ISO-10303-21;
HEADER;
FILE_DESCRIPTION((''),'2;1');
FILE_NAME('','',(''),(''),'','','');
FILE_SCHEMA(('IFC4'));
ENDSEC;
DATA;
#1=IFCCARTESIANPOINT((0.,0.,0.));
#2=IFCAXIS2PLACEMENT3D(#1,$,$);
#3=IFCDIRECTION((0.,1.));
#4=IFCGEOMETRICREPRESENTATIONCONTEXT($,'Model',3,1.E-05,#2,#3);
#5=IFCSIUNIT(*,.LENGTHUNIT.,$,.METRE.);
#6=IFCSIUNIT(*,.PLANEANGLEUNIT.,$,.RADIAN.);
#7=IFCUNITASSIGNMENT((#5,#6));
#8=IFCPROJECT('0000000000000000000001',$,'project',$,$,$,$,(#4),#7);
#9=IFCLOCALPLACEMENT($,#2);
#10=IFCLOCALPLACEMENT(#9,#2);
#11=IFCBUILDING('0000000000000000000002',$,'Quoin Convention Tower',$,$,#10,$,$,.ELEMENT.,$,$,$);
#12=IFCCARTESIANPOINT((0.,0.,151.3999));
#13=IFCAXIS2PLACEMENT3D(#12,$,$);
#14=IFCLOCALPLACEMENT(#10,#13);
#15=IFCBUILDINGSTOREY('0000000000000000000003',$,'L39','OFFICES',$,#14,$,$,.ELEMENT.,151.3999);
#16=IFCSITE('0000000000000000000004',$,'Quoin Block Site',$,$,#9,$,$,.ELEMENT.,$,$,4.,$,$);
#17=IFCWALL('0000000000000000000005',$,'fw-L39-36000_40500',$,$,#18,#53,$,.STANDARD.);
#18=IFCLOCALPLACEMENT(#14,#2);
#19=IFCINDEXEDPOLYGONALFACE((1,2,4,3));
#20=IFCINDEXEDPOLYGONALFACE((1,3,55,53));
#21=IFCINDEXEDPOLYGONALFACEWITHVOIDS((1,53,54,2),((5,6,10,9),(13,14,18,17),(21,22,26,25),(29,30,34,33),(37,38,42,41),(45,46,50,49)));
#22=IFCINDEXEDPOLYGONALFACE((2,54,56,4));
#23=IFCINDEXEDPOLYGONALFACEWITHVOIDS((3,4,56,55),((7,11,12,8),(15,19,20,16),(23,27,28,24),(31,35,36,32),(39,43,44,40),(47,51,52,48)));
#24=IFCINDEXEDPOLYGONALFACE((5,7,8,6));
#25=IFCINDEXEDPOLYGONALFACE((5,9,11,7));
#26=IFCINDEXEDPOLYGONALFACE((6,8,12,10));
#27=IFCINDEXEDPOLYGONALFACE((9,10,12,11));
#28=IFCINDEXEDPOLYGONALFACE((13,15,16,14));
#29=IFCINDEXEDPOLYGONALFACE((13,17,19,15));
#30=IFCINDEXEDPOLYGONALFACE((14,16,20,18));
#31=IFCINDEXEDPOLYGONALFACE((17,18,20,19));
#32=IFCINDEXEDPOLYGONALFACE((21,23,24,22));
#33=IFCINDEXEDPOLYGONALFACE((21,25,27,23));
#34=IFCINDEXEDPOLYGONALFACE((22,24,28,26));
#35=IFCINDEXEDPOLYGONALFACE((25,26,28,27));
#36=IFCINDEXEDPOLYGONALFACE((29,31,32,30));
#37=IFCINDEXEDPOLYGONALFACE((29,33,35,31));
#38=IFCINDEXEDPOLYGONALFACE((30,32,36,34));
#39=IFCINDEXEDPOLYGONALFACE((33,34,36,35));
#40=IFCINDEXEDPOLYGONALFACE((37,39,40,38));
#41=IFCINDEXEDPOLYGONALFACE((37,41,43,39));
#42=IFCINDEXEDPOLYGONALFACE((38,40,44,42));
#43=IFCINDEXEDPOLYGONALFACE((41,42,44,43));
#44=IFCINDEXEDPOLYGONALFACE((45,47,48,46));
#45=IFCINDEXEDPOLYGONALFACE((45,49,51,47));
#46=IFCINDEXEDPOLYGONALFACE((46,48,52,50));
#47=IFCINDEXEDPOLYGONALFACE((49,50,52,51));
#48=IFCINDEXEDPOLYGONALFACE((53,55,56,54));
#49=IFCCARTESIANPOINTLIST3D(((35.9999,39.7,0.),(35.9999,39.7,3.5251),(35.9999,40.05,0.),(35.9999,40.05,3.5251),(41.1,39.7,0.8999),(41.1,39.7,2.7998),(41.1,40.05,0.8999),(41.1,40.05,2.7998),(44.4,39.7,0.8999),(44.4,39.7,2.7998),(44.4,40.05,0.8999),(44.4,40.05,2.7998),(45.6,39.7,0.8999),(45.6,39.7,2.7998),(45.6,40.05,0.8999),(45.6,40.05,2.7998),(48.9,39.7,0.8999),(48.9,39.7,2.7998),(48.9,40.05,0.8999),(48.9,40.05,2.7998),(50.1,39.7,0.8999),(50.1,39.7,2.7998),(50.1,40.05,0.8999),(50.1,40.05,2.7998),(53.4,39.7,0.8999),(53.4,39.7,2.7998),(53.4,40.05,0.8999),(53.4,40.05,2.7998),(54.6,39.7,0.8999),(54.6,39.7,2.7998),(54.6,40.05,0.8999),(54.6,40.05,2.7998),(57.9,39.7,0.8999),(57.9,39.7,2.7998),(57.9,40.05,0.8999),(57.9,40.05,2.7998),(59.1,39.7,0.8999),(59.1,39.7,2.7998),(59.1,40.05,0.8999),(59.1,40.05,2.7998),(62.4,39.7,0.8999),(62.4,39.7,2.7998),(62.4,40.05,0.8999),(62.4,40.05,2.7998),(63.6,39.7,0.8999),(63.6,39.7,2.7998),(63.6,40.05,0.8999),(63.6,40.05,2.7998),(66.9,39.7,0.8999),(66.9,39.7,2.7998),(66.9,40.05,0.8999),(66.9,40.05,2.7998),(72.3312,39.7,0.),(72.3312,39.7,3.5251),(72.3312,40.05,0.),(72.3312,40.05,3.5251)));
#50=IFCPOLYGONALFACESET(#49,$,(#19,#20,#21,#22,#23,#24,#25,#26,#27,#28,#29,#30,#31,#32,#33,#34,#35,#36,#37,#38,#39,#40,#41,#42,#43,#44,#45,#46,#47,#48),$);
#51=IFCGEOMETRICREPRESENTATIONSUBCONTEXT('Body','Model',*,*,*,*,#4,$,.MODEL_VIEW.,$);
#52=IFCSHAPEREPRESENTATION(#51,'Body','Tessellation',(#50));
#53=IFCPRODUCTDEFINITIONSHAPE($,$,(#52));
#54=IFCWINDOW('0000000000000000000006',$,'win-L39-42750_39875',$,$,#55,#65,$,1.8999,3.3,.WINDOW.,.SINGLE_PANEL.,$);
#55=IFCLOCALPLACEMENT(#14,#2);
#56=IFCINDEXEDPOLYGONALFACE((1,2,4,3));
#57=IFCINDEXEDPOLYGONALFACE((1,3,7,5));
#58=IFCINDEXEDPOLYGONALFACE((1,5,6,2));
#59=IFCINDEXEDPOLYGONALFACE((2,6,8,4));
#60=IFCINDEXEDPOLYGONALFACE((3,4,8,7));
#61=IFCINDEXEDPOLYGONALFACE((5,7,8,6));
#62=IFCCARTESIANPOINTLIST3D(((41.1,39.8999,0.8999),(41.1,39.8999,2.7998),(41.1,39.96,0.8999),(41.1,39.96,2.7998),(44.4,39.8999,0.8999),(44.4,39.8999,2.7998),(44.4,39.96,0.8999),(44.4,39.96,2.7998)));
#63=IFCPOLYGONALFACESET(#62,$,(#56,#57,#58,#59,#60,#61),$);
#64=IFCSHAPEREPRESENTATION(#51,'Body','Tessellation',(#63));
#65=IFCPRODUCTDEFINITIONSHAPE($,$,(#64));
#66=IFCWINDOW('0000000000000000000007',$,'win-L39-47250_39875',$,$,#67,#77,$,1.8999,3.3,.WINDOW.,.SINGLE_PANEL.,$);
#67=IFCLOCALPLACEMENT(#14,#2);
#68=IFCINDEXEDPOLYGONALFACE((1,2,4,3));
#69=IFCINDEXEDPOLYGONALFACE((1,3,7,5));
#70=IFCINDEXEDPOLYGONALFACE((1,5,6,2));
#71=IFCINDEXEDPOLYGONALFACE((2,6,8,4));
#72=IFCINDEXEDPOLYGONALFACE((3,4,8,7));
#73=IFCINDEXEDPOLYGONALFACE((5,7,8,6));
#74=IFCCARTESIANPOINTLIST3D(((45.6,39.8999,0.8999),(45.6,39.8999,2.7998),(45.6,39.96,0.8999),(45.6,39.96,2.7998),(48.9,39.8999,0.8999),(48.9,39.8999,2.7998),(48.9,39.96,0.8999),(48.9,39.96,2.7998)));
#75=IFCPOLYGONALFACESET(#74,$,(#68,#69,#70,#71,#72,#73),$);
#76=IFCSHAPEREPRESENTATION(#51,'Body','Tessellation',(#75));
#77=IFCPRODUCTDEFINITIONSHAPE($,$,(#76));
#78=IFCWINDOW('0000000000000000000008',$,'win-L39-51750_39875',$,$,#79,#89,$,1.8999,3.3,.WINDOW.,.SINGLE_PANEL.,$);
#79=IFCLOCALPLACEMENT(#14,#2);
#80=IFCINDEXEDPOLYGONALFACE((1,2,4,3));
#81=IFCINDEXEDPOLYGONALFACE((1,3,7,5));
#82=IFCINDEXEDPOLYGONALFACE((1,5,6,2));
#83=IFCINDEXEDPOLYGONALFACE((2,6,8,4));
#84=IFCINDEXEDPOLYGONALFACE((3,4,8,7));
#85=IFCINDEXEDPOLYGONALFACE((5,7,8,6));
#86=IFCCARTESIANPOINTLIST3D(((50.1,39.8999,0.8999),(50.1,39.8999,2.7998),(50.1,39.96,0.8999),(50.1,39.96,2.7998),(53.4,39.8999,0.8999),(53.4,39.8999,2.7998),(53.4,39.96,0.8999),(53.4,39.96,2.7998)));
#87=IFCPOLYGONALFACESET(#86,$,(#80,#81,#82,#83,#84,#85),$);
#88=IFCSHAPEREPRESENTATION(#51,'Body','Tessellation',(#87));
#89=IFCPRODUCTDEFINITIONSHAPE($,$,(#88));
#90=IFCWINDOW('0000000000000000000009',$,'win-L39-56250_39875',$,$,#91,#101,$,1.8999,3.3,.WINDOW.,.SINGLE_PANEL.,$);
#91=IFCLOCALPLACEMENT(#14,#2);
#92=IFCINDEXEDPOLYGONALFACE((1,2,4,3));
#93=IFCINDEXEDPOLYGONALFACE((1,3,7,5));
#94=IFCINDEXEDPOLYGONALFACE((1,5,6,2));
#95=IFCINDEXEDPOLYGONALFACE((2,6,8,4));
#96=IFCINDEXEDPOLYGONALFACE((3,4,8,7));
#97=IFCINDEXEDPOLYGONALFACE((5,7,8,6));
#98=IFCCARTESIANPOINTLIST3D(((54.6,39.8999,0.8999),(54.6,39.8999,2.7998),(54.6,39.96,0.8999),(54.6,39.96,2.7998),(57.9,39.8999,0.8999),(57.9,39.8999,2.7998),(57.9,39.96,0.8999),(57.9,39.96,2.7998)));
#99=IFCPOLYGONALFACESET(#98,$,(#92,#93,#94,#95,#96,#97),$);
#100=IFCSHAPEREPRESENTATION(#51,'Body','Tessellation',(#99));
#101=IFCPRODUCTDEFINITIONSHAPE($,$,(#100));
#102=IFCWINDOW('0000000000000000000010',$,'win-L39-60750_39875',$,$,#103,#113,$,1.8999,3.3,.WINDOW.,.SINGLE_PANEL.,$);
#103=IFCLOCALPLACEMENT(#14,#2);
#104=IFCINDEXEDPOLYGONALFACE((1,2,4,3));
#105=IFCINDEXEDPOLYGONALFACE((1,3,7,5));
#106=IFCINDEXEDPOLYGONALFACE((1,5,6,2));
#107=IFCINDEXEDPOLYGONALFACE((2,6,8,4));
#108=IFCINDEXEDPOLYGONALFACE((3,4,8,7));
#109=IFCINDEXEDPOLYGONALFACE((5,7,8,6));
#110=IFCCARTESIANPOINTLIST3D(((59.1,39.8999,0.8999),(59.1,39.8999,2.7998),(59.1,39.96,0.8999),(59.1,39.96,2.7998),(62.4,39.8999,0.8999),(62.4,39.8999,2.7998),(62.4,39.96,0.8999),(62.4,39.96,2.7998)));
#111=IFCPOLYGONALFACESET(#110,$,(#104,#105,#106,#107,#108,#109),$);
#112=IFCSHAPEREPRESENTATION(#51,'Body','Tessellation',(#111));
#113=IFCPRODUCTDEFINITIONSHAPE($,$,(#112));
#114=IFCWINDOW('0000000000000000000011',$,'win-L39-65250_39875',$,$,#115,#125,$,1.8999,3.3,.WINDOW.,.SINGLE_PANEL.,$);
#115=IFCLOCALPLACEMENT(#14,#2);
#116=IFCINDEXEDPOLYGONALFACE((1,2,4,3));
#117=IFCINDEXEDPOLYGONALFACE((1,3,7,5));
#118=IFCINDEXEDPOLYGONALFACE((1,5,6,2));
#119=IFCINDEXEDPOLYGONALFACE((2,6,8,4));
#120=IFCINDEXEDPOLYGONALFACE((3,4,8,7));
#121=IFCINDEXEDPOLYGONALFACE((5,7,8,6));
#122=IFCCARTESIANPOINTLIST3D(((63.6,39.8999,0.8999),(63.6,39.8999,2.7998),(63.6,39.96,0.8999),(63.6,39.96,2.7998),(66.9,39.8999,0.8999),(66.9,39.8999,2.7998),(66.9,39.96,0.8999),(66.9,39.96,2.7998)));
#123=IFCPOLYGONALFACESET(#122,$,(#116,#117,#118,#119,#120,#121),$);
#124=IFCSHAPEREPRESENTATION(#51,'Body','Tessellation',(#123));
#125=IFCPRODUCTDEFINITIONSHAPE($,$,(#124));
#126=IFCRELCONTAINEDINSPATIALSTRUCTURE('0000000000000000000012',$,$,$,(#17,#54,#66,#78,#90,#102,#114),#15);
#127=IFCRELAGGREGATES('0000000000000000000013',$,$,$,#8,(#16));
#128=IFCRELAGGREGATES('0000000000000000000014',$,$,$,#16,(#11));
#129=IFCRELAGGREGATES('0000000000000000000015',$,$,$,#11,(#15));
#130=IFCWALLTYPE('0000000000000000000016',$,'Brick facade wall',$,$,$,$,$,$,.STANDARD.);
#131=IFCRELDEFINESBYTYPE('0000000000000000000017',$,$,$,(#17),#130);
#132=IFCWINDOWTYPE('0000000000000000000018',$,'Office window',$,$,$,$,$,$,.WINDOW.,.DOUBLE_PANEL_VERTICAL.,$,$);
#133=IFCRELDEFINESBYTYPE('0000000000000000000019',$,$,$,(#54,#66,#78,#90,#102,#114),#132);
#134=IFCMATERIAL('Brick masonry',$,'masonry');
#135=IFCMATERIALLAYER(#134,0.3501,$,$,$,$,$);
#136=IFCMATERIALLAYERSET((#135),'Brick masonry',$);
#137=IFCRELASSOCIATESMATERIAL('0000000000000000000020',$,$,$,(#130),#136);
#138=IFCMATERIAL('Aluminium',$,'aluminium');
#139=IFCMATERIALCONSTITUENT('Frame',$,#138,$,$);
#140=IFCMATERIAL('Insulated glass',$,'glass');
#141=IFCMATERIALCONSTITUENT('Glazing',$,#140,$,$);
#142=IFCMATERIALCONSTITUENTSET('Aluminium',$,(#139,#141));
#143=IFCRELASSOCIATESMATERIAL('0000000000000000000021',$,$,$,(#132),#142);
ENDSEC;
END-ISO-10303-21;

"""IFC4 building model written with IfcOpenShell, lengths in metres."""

from ifc_helpers import new_model, si_unit, direction, frame, frame_2d, origin, place, context, subcontext, project, spatial, rectangle, extrude, material, layer, layer_set, constituent, constituent_set, type_object, element, fill, save


model = new_model("IFC4")

# Units and contexts
model_context = context("Model", 3, precision=1e-05, world=origin(), true_north=direction((0.0, 1.0)))
body_context = subcontext(model_context, "Body", "Model", "MODEL_VIEW")
ifc_project = project(units=[si_unit("LENGTHUNIT", "METRE"), si_unit("PLANEANGLEUNIT", "RADIAN")], contexts=[model_context])

# Site, building, storey
site_placement = place(None, origin())
site = spatial("IfcSite", under=ifc_project, at=site_placement, Name="Quoin Block Site", CompositionType="ELEMENT", RefElevation=4.0)
building_placement = place(site_placement, origin())
building = spatial("IfcBuilding", under=site, at=building_placement, Name="Quoin Convention Tower", CompositionType="ELEMENT")
storey_placement = place(building_placement, frame((0.0, 0.0, 151.3999)))
storey = spatial("IfcBuildingStorey", under=building, at=storey_placement, Name="L39", Description="OFFICES", CompositionType="ELEMENT", Elevation=151.3999)

# Wall, openings, windows
ifc_material_1 = material(Name="Brick masonry", Category="masonry")
ifc_layer_1 = layer(ifc_material_1, 0.3501)
ifc_layer_set_1 = layer_set([ifc_layer_1], Name="Brick masonry")
wall_type_1 = type_object("IfcWallType", Name="Brick facade wall", PredefinedType="STANDARD", material=ifc_layer_set_1)
wall_1_placement = place(storey_placement, frame((36.0, 39.875, 0.0), z_axis=(0.0, 0.0, 1.0), x_axis=(1.0, 0.0, 0.0)))
wall_1 = element("IfcWall", 1, at=wall_1_placement, inside=storey, type_object=wall_type_1, Name="fw-L39-36000_40500", PredefinedType="STANDARD", context=body_context, shape_type="SweptSolid", body=[
    extrude(rectangle(XDim=36.3313, YDim=0.3501, at=frame_2d((18.1655, 0.0))), origin(), (0.0, 0.0, 1.0), 3.5251),
])
opening_1_placement = place(wall_1_placement, frame((5.1001, 0.0, 0.8999)))
opening_1 = element("IfcOpeningElement", 2, at=opening_1_placement, cuts=wall_1, PredefinedType="OPENING", context=body_context, shape_type="SweptSolid", body=[
    extrude(rectangle(XDim=3.3, YDim=1.8999, at=frame_2d((1.6499, 0.95))), frame((0.0, 0.1851, 0.0), z_axis=(0.0, -1.0, 0.0), x_axis=(1.0, 0.0, 0.0)), (0.0, 0.0, 1.0), 0.3701),
])
opening_2_placement = place(wall_1_placement, frame((9.6001, 0.0, 0.8999)))
opening_2 = element("IfcOpeningElement", 3, at=opening_2_placement, cuts=wall_1, PredefinedType="OPENING", context=body_context, shape_type="SweptSolid", body=[
    extrude(rectangle(XDim=3.3, YDim=1.8999, at=frame_2d((1.6499, 0.95))), frame((0.0, 0.1851, 0.0), z_axis=(0.0, -1.0, 0.0), x_axis=(1.0, 0.0, 0.0)), (0.0, 0.0, 1.0), 0.3701),
])
opening_3_placement = place(wall_1_placement, frame((14.1001, 0.0, 0.8999)))
opening_3 = element("IfcOpeningElement", 4, at=opening_3_placement, cuts=wall_1, PredefinedType="OPENING", context=body_context, shape_type="SweptSolid", body=[
    extrude(rectangle(XDim=3.3, YDim=1.8999, at=frame_2d((1.6499, 0.95))), frame((0.0, 0.1851, 0.0), z_axis=(0.0, -1.0, 0.0), x_axis=(1.0, 0.0, 0.0)), (0.0, 0.0, 1.0), 0.3701),
])
opening_4_placement = place(wall_1_placement, frame((18.6001, 0.0, 0.8999)))
opening_4 = element("IfcOpeningElement", 5, at=opening_4_placement, cuts=wall_1, PredefinedType="OPENING", context=body_context, shape_type="SweptSolid", body=[
    extrude(rectangle(XDim=3.3, YDim=1.8999, at=frame_2d((1.6499, 0.95))), frame((0.0, 0.1851, 0.0), z_axis=(0.0, -1.0, 0.0), x_axis=(1.0, 0.0, 0.0)), (0.0, 0.0, 1.0), 0.3701),
])
opening_5_placement = place(wall_1_placement, frame((23.1001, 0.0, 0.8999)))
opening_5 = element("IfcOpeningElement", 6, at=opening_5_placement, cuts=wall_1, PredefinedType="OPENING", context=body_context, shape_type="SweptSolid", body=[
    extrude(rectangle(XDim=3.3, YDim=1.8999, at=frame_2d((1.6499, 0.95))), frame((0.0, 0.1851, 0.0), z_axis=(0.0, -1.0, 0.0), x_axis=(1.0, 0.0, 0.0)), (0.0, 0.0, 1.0), 0.3701),
])
opening_6_placement = place(wall_1_placement, frame((27.6001, 0.0, 0.8999)))
opening_6 = element("IfcOpeningElement", 7, at=opening_6_placement, cuts=wall_1, PredefinedType="OPENING", context=body_context, shape_type="SweptSolid", body=[
    extrude(rectangle(XDim=3.3, YDim=1.8999, at=frame_2d((1.6499, 0.95))), frame((0.0, 0.1851, 0.0), z_axis=(0.0, -1.0, 0.0), x_axis=(1.0, 0.0, 0.0)), (0.0, 0.0, 1.0), 0.3701),
])
ifc_material_2 = material(Name="Aluminium", Category="aluminium")
ifc_constituent_1 = constituent(ifc_material_2, Name="Frame")
ifc_material_3 = material(Name="Insulated glass", Category="glass")
ifc_constituent_2 = constituent(ifc_material_3, Name="Glazing")
ifc_constituent_set = constituent_set(constituents=[ifc_constituent_1, ifc_constituent_2], Name="Aluminium")
window_type = type_object("IfcWindowType", Name="Office window", PartitioningType="DOUBLE_PANEL_VERTICAL", PredefinedType="WINDOW", material=ifc_constituent_set)
window_1_placement = place(opening_1_placement, origin())
window_1 = element("IfcWindow", 8, at=window_1_placement, inside=storey, type_object=window_type, Name="win-L39-42750_39875", OverallHeight=1.8999, OverallWidth=3.3, PartitioningType="SINGLE_PANEL", PredefinedType="WINDOW", context=body_context, shape_type="SweptSolid", body=[
    extrude(rectangle(XDim=3.3, YDim=1.8999, at=frame_2d((1.6499, 0.95))), frame((0.0, 0.085, 0.0), z_axis=(0.0, -1.0, 0.0), x_axis=(1.0, 0.0, 0.0)), (0.0, 0.0, 1.0), 0.0601),
])
fill(opening_1, window_1)
window_2_placement = place(opening_2_placement, origin())
window_2 = element("IfcWindow", 9, at=window_2_placement, inside=storey, type_object=window_type, Name="win-L39-47250_39875", OverallHeight=1.8999, OverallWidth=3.3, PartitioningType="SINGLE_PANEL", PredefinedType="WINDOW", context=body_context, shape_type="SweptSolid", body=[
    extrude(rectangle(XDim=3.3, YDim=1.8999, at=frame_2d((1.6499, 0.95))), frame((0.0, 0.085, 0.0), z_axis=(0.0, -1.0, 0.0), x_axis=(1.0, 0.0, 0.0)), (0.0, 0.0, 1.0), 0.0601),
])
fill(opening_2, window_2)
window_3_placement = place(opening_3_placement, origin())
window_3 = element("IfcWindow", 10, at=window_3_placement, inside=storey, type_object=window_type, Name="win-L39-51750_39875", OverallHeight=1.8999, OverallWidth=3.3, PartitioningType="SINGLE_PANEL", PredefinedType="WINDOW", context=body_context, shape_type="SweptSolid", body=[
    extrude(rectangle(XDim=3.3, YDim=1.8999, at=frame_2d((1.6499, 0.95))), frame((0.0, 0.085, 0.0), z_axis=(0.0, -1.0, 0.0), x_axis=(1.0, 0.0, 0.0)), (0.0, 0.0, 1.0), 0.0601),
])
fill(opening_3, window_3)
window_4_placement = place(opening_4_placement, origin())
window_4 = element("IfcWindow", 11, at=window_4_placement, inside=storey, type_object=window_type, Name="win-L39-56250_39875", OverallHeight=1.8999, OverallWidth=3.3, PartitioningType="SINGLE_PANEL", PredefinedType="WINDOW", context=body_context, shape_type="SweptSolid", body=[
    extrude(rectangle(XDim=3.3, YDim=1.8999, at=frame_2d((1.6499, 0.95))), frame((0.0, 0.085, 0.0), z_axis=(0.0, -1.0, 0.0), x_axis=(1.0, 0.0, 0.0)), (0.0, 0.0, 1.0), 0.0601),
])
fill(opening_4, window_4)
window_5_placement = place(opening_5_placement, origin())
window_5 = element("IfcWindow", 12, at=window_5_placement, inside=storey, type_object=window_type, Name="win-L39-60750_39875", OverallHeight=1.8999, OverallWidth=3.3, PartitioningType="SINGLE_PANEL", PredefinedType="WINDOW", context=body_context, shape_type="SweptSolid", body=[
    extrude(rectangle(XDim=3.3, YDim=1.8999, at=frame_2d((1.6499, 0.95))), frame((0.0, 0.085, 0.0), z_axis=(0.0, -1.0, 0.0), x_axis=(1.0, 0.0, 0.0)), (0.0, 0.0, 1.0), 0.0601),
])
fill(opening_5, window_5)
window_6_placement = place(opening_6_placement, origin())
window_6 = element("IfcWindow", 13, at=window_6_placement, inside=storey, type_object=window_type, Name="win-L39-65250_39875", OverallHeight=1.8999, OverallWidth=3.3, PartitioningType="SINGLE_PANEL", PredefinedType="WINDOW", context=body_context, shape_type="SweptSolid", body=[
    extrude(rectangle(XDim=3.3, YDim=1.8999, at=frame_2d((1.6499, 0.95))), frame((0.0, 0.085, 0.0), z_axis=(0.0, -1.0, 0.0), x_axis=(1.0, 0.0, 0.0)), (0.0, 0.0, 1.0), 0.0601),
])
fill(opening_6, window_6)

save(model, "model.ifc")
